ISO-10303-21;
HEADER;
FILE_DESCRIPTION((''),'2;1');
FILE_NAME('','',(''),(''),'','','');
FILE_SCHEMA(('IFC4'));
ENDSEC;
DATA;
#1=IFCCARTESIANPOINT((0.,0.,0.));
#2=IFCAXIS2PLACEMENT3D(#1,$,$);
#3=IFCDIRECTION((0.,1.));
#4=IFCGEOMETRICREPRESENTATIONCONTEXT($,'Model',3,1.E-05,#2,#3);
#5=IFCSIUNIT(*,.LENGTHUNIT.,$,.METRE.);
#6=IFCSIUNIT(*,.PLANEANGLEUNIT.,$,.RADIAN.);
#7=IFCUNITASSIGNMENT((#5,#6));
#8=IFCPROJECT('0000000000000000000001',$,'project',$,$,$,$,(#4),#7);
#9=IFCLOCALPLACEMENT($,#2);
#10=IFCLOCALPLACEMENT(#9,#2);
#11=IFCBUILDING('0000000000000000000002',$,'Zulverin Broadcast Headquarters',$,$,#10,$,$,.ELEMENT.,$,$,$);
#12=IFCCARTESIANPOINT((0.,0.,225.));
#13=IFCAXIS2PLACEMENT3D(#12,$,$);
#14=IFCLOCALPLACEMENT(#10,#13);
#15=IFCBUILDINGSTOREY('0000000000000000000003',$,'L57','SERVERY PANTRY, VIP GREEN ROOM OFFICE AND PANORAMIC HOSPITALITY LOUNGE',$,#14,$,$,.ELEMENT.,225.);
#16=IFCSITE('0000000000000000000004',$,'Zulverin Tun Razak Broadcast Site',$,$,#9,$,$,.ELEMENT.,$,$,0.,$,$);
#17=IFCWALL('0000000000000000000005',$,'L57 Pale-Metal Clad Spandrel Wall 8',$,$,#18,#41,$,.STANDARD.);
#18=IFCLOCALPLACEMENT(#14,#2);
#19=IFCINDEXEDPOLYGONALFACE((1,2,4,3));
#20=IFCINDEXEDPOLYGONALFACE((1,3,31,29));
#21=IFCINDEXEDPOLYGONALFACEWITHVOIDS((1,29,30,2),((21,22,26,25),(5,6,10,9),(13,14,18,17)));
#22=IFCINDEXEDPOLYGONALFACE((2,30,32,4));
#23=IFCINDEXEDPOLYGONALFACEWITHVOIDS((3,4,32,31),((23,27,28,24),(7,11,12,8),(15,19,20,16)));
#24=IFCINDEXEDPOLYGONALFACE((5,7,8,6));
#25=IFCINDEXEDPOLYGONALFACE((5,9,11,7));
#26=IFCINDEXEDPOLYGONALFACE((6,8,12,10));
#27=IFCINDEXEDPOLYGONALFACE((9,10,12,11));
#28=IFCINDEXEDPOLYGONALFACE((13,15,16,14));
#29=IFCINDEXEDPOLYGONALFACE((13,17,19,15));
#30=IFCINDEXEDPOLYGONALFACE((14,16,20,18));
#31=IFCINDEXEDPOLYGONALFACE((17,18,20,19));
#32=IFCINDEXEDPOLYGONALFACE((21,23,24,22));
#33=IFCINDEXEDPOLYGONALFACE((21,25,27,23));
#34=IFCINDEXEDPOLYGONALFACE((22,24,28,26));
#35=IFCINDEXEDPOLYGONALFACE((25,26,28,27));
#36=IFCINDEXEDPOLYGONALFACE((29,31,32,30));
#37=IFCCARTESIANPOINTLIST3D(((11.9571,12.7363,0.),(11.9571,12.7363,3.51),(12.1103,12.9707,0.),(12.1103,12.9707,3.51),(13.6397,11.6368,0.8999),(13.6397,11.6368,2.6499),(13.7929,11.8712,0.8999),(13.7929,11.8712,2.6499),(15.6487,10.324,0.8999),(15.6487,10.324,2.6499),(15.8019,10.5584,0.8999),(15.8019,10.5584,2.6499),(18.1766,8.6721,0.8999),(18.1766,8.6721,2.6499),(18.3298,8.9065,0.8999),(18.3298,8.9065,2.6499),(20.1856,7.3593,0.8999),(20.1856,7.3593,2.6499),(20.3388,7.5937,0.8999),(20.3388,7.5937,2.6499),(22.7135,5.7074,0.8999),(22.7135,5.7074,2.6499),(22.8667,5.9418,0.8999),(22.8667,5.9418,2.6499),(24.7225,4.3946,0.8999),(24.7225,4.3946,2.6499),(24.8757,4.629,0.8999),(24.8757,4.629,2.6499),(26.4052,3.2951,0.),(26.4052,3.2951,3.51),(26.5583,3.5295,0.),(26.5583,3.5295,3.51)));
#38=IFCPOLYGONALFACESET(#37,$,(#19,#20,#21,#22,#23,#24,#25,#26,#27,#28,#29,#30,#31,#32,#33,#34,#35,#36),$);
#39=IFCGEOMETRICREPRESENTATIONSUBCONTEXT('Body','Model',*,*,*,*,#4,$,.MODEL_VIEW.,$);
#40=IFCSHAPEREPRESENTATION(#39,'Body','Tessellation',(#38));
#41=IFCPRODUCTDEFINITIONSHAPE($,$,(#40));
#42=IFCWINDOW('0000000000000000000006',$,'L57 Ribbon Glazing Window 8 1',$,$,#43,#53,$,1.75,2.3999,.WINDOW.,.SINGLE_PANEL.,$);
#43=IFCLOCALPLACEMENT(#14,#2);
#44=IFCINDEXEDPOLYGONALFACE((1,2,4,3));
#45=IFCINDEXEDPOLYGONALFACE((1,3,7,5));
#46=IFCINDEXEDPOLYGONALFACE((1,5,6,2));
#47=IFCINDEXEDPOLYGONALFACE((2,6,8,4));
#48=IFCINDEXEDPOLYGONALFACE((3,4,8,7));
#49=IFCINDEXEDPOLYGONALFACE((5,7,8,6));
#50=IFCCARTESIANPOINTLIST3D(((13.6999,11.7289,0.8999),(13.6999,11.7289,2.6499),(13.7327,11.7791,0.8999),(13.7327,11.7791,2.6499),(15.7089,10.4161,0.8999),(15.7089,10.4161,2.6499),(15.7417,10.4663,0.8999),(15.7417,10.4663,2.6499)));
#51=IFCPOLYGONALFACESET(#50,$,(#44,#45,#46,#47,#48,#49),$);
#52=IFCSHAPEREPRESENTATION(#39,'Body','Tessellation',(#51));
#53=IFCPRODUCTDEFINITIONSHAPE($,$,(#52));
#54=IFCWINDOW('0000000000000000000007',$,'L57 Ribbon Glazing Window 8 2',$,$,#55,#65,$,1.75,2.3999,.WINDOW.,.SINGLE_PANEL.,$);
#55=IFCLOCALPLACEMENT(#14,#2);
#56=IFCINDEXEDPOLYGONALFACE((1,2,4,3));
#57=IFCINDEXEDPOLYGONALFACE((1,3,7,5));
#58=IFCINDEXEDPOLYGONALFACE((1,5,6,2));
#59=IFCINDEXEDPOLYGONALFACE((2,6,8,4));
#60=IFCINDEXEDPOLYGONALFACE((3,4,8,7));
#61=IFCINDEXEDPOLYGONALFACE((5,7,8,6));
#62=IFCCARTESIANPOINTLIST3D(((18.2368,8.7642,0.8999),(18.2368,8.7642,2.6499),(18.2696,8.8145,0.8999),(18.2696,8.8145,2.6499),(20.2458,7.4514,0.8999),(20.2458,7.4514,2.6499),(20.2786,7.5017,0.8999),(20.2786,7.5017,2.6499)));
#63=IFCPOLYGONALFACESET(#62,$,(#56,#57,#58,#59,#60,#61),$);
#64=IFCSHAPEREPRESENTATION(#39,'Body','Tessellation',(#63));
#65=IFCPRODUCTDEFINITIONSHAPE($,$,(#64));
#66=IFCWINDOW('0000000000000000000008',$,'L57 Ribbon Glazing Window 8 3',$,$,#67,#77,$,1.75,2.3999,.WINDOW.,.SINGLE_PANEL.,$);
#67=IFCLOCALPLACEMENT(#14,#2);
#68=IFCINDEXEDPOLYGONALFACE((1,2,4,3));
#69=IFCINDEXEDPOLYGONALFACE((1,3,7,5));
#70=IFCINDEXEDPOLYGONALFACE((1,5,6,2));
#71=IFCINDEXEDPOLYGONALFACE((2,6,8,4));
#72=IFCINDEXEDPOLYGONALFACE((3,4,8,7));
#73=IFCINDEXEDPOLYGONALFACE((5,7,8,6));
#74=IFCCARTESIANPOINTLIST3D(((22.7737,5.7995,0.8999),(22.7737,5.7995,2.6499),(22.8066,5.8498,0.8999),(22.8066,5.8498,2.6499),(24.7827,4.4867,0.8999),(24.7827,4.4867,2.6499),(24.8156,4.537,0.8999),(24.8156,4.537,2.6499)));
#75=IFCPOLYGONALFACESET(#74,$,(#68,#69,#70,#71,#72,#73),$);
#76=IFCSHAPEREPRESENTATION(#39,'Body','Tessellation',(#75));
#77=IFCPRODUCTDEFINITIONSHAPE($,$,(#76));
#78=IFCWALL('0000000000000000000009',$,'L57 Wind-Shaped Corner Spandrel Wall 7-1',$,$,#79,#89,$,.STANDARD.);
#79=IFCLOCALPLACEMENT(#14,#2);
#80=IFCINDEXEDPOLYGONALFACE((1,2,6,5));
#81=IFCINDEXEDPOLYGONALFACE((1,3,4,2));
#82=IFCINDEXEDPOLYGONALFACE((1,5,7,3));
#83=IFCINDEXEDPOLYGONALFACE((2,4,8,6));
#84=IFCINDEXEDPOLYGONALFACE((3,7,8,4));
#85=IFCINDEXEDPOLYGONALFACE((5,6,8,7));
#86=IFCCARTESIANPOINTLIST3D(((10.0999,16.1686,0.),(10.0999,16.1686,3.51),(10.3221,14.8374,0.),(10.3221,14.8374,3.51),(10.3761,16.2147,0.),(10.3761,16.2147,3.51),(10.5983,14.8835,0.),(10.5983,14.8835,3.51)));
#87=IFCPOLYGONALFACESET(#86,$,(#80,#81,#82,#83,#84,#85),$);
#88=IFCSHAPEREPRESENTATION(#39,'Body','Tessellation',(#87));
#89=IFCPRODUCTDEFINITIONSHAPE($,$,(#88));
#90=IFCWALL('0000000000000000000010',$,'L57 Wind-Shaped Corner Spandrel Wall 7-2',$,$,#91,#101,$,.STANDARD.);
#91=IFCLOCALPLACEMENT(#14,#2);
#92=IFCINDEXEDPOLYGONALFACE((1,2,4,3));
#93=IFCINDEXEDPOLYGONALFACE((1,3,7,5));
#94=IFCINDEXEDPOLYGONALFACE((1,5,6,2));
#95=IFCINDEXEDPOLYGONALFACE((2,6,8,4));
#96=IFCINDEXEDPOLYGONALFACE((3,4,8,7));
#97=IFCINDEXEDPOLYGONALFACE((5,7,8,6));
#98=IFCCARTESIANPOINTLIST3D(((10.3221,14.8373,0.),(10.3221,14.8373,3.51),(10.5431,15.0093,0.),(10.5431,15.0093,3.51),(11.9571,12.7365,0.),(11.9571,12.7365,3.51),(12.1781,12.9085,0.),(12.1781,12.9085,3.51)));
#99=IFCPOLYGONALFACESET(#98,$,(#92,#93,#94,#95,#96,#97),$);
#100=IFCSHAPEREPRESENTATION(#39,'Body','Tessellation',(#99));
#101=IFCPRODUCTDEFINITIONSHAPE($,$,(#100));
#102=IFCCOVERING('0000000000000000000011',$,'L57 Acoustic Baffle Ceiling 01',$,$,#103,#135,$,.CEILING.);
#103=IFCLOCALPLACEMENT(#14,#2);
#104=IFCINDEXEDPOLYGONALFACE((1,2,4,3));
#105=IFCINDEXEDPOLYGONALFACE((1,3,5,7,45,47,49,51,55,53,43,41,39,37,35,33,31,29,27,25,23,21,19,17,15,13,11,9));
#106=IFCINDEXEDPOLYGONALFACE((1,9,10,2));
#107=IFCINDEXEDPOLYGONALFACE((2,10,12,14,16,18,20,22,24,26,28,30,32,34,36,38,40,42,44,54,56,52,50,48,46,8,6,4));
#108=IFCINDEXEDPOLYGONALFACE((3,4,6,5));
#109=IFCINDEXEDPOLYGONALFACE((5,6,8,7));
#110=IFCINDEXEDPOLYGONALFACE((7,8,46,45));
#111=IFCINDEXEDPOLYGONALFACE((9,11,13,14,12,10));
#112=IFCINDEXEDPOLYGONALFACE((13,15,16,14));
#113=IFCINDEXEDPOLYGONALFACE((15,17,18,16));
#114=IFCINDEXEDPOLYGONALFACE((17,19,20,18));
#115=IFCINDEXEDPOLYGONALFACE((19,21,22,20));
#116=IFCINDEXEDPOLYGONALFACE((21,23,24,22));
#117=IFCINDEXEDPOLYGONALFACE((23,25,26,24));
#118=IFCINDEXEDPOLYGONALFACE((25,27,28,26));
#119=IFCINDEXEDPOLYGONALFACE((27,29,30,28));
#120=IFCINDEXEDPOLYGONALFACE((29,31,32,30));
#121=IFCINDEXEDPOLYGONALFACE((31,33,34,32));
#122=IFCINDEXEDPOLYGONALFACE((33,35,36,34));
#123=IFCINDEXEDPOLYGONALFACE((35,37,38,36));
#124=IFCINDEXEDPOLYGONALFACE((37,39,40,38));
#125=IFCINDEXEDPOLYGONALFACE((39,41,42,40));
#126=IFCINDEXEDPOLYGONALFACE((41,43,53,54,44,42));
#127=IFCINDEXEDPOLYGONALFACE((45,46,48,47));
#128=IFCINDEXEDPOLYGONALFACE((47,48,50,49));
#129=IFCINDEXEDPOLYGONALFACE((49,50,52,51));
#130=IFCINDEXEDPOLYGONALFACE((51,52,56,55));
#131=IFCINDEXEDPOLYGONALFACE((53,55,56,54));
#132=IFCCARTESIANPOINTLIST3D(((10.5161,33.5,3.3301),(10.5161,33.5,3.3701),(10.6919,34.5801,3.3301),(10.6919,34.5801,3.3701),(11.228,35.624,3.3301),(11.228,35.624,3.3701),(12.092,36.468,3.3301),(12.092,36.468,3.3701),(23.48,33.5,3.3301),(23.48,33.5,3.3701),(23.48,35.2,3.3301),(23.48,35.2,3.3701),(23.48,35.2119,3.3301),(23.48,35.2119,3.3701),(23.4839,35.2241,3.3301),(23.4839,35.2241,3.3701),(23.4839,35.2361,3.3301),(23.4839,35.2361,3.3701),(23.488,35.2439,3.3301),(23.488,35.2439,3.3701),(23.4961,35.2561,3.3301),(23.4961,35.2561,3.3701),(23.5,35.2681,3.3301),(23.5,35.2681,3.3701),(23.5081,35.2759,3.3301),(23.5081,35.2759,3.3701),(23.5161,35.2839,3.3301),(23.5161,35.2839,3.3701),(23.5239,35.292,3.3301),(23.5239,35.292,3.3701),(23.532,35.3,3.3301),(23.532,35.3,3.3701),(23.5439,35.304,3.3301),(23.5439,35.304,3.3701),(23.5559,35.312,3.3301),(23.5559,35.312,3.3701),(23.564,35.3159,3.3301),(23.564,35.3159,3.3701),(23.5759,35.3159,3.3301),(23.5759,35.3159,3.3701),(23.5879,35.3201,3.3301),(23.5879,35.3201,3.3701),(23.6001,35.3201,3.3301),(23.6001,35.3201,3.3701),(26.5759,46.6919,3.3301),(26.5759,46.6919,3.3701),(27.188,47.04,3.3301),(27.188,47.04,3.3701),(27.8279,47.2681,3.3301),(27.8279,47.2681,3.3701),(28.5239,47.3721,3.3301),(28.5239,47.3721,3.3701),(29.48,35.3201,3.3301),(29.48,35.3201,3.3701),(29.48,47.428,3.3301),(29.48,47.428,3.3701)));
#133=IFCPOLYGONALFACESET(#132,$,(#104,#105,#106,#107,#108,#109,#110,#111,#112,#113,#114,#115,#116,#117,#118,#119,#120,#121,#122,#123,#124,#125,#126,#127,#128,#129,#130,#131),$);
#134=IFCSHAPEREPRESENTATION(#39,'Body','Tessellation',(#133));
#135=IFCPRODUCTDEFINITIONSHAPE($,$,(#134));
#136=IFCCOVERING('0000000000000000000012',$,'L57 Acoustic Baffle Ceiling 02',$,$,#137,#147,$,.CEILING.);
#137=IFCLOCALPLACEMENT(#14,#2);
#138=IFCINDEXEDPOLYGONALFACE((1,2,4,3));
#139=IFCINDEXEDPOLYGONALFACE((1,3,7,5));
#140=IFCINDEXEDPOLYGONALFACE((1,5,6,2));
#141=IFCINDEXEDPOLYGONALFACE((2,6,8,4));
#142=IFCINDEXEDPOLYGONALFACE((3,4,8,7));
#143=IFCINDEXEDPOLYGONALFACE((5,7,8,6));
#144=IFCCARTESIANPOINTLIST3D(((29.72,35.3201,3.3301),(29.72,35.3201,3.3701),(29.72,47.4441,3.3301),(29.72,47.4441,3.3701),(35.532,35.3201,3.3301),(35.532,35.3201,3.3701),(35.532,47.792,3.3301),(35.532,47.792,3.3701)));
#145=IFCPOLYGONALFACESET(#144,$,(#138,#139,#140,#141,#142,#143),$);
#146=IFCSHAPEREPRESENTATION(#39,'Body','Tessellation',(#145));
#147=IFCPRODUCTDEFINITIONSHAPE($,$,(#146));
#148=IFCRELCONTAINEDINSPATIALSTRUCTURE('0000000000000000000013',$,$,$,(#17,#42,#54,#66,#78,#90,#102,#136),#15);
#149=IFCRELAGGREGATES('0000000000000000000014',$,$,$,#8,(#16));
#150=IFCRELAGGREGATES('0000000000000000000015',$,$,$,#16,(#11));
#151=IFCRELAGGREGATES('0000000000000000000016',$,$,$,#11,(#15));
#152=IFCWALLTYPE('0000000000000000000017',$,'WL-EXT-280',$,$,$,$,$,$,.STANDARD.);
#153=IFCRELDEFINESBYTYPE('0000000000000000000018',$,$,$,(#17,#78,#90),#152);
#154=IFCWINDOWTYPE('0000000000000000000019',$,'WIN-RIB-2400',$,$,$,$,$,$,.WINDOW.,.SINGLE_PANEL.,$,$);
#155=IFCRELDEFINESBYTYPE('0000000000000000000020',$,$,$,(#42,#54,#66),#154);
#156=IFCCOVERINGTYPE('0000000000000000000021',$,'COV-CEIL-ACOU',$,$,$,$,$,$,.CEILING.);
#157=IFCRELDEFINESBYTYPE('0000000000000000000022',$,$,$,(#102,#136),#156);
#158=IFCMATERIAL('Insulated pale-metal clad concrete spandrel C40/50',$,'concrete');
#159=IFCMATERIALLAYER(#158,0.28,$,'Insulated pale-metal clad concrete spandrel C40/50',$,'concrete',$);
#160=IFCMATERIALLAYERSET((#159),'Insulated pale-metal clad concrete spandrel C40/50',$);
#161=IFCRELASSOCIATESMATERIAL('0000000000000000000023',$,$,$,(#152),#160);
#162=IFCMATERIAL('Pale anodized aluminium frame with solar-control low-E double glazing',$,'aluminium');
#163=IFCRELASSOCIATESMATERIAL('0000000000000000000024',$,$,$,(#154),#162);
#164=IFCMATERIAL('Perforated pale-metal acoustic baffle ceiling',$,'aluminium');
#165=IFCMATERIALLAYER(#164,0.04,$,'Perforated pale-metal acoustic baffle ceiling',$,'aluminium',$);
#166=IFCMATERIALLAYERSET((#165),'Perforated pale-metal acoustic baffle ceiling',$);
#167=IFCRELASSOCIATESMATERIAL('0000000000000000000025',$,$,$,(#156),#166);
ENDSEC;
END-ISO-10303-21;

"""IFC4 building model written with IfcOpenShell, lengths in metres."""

from ifc_helpers import new_model, si_unit, direction, frame, frame_2d, origin, place, context, subcontext, project, spatial, polyline, rectangle, outline, extrude, material, layer, layer_set, type_object, element, fill, save


model = new_model("IFC4")

# Units and contexts
model_context = context("Model", 3, precision=1e-05, world=origin(), true_north=direction((0.0, 1.0)))
body_context = subcontext(model_context, "Body", "Model", "MODEL_VIEW")
ifc_project = project(units=[si_unit("LENGTHUNIT", "METRE"), si_unit("PLANEANGLEUNIT", "RADIAN")], contexts=[model_context])

# Site, building, storey
site_placement = place(None, origin())
site = spatial("IfcSite", under=ifc_project, at=site_placement, Name="Zulverin Tun Razak Broadcast Site", CompositionType="ELEMENT", RefElevation=0.0)
building_placement = place(site_placement, origin())
building = spatial("IfcBuilding", under=site, at=building_placement, Name="Zulverin Broadcast Headquarters", CompositionType="ELEMENT")
storey_placement = place(building_placement, frame((0.0, 0.0, 225.0)))
storey = spatial("IfcBuildingStorey", under=building, at=storey_placement, Name="L57", Description="SERVERY PANTRY, VIP GREEN ROOM OFFICE AND PANORAMIC HOSPITALITY LOUNGE", CompositionType="ELEMENT", Elevation=225.0)

# Wall, openings, windows
ifc_material_1 = material(Name="Insulated pale-metal clad concrete spandrel C40/50", Category="concrete")
ifc_layer_1 = layer(ifc_material_1, 0.28, Name="Insulated pale-metal clad concrete spandrel C40/50", Category="concrete")
ifc_layer_set_1 = layer_set([ifc_layer_1], Name="Insulated pale-metal clad concrete spandrel C40/50")
wall_type_1 = type_object("IfcWallType", Name="WL-EXT-280", PredefinedType="STANDARD", material=ifc_layer_set_1)
wall_1_placement = place(storey_placement, frame((12.0337, 12.8535, 0.0), z_axis=(0.0, 0.0, 1.0), x_axis=(0.837118, -0.547022, 0.0)))
wall_1 = element("IfcWall", 1, at=wall_1_placement, inside=storey, type_object=wall_type_1, Name="L57 Pale-Metal Clad Spandrel Wall 8", PredefinedType="STANDARD", context=body_context, shape_type="SweptSolid", body=[
    extrude(rectangle(XDim=17.2593, YDim=0.28, at=frame_2d((8.6296, 0.0))), origin(), (0.0, 0.0, 1.0), 3.51),
])
opening_1_placement = place(wall_1_placement, frame((2.01, 0.0, 0.8999)))
opening_1 = element("IfcOpeningElement", 2, at=opening_1_placement, cuts=wall_1, PredefinedType="OPENING", context=body_context, shape_type="SweptSolid", body=[
    extrude(rectangle(XDim=2.3999, YDim=1.75, at=frame_2d((1.2, 0.875))), frame((0.0, 0.1499, 0.0), z_axis=(0.0, -1.0, 0.0), x_axis=(1.0, 0.0, 0.0)), (0.0, 0.0, 1.0), 0.3),
])
opening_2_placement = place(wall_1_placement, frame((7.4297, 0.0, 0.8999)))
opening_2 = element("IfcOpeningElement", 3, at=opening_2_placement, cuts=wall_1, PredefinedType="OPENING", context=body_context, shape_type="SweptSolid", body=[
    extrude(rectangle(XDim=2.3999, YDim=1.75, at=frame_2d((1.2, 0.875))), frame((0.0, 0.1499, 0.0), z_axis=(0.0, -1.0, 0.0), x_axis=(1.0, 0.0, 0.0)), (0.0, 0.0, 1.0), 0.3),
])
opening_3_placement = place(wall_1_placement, frame((12.8494, 0.0, 0.8999)))
opening_3 = element("IfcOpeningElement", 4, at=opening_3_placement, cuts=wall_1, PredefinedType="OPENING", context=body_context, shape_type="SweptSolid", body=[
    extrude(rectangle(XDim=2.3999, YDim=1.75, at=frame_2d((1.2, 0.875))), frame((0.0, 0.1499, 0.0), z_axis=(0.0, -1.0, 0.0), x_axis=(1.0, 0.0, 0.0)), (0.0, 0.0, 1.0), 0.3),
])
ifc_material_2 = material(Name="Pale anodized aluminium frame with solar-control low-E double glazing", Category="aluminium")
window_type = type_object("IfcWindowType", Name="WIN-RIB-2400", PartitioningType="SINGLE_PANEL", PredefinedType="WINDOW", material=ifc_material_2)
window_1_placement = place(opening_1_placement, origin())
window_1 = element("IfcWindow", 5, at=window_1_placement, inside=storey, type_object=window_type, Name="L57 Ribbon Glazing Window 8 1", OverallHeight=1.75, OverallWidth=2.3999, PartitioningType="SINGLE_PANEL", PredefinedType="WINDOW", context=body_context, shape_type="SweptSolid", body=[
    extrude(rectangle(XDim=2.3999, YDim=1.75, at=frame_2d((1.2, 0.875))), frame((0.0, 0.03, 0.0), z_axis=(0.0, -1.0, 0.0), x_axis=(1.0, 0.0, 0.0)), (0.0, 0.0, 1.0), 0.0601),
])
fill(opening_1, window_1)
window_2_placement = place(opening_2_placement, origin())
window_2 = element("IfcWindow", 6, at=window_2_placement, inside=storey, type_object=window_type, Name="L57 Ribbon Glazing Window 8 2", OverallHeight=1.75, OverallWidth=2.3999, PartitioningType="SINGLE_PANEL", PredefinedType="WINDOW", context=body_context, shape_type="SweptSolid", body=[
    extrude(rectangle(XDim=2.3999, YDim=1.75, at=frame_2d((1.2, 0.875))), frame((0.0, 0.03, 0.0), z_axis=(0.0, -1.0, 0.0), x_axis=(1.0, 0.0, 0.0)), (0.0, 0.0, 1.0), 0.0601),
])
fill(opening_2, window_2)
window_3_placement = place(opening_3_placement, origin())
window_3 = element("IfcWindow", 7, at=window_3_placement, inside=storey, type_object=window_type, Name="L57 Ribbon Glazing Window 8 3", OverallHeight=1.75, OverallWidth=2.3999, PartitioningType="SINGLE_PANEL", PredefinedType="WINDOW", context=body_context, shape_type="SweptSolid", body=[
    extrude(rectangle(XDim=2.3999, YDim=1.75, at=frame_2d((1.2, 0.875))), frame((0.0, 0.03, 0.0), z_axis=(0.0, -1.0, 0.0), x_axis=(1.0, 0.0, 0.0)), (0.0, 0.0, 1.0), 0.0601),
])
fill(opening_3, window_3)

# Walls
wall_2_placement = place(storey_placement, frame((10.238, 16.1917, 0.0), z_axis=(0.0, 0.0, 1.0), x_axis=(0.164604, -0.98636, 0.0)))
element("IfcWall", 8, at=wall_2_placement, inside=storey, type_object=wall_type_1, Name="L57 Wind-Shaped Corner Spandrel Wall 7-1", PredefinedType="STANDARD", context=body_context, shape_type="SweptSolid", body=[
    extrude(rectangle(XDim=1.3496, YDim=0.28, at=frame_2d((0.6748, 0.0))), origin(), (0.0, 0.0, 1.0), 3.51),
])
wall_3_placement = place(storey_placement, frame((10.4326, 14.9233, 0.0), z_axis=(0.0, 0.0, 1.0), x_axis=(0.614182, -0.789165, 0.0)))
element("IfcWall", 9, at=wall_3_placement, inside=storey, type_object=wall_type_1, Name="L57 Wind-Shaped Corner Spandrel Wall 7-2", PredefinedType="STANDARD", context=body_context, shape_type="SweptSolid", body=[
    extrude(rectangle(XDim=2.6621, YDim=0.28, at=frame_2d((1.3311, 0.0))), origin(), (0.0, 0.0, 1.0), 3.51),
])

# Coverings
ifc_material_3 = material(Name="Perforated pale-metal acoustic baffle ceiling", Category="aluminium")
ifc_layer_2 = layer(ifc_material_3, 0.04, Name="Perforated pale-metal acoustic baffle ceiling", Category="aluminium")
ifc_layer_set_2 = layer_set([ifc_layer_2], Name="Perforated pale-metal acoustic baffle ceiling")
covering_type_1 = type_object("IfcCoveringType", Name="COV-CEIL-ACOU", PredefinedType="CEILING", material=ifc_layer_set_2)
covering_1_placement = place(storey_placement, frame((0.0, 0.0, 3.3301)))
element("IfcCovering", 10, at=covering_1_placement, inside=storey, type_object=covering_type_1, Name="L57 Acoustic Baffle Ceiling 01", PredefinedType="CEILING", context=body_context, shape_type="SweptSolid", body=[
    extrude(outline(polyline([(12.092, 36.468), (11.228, 35.624), (10.6919, 34.5801), (10.5161, 33.5), (23.48, 33.5), (23.48, 35.2), (23.48, 35.2119), (23.4839, 35.2241), (23.4839, 35.2361), (23.488, 35.2439), (23.4961, 35.2561), (23.5, 35.2681), (23.5081, 35.2759), (23.5161, 35.2839), (23.5239, 35.292), (23.532, 35.3), (23.5439, 35.304), (23.5559, 35.312), (23.564, 35.3159), (23.5759, 35.3159), (23.5879, 35.3201), (23.6001, 35.3201), (29.48, 35.3201), (29.48, 47.428), (28.5239, 47.3721), (27.8279, 47.2681), (27.188, 47.04), (26.5759, 46.6919), (12.092, 36.468)])), origin(), (0.0, 0.0, 1.0), 0.04),
])
covering_2_placement = place(storey_placement, frame((0.0, 0.0, 3.3301)))
element("IfcCovering", 11, at=covering_2_placement, inside=storey, type_object=covering_type_1, Name="L57 Acoustic Baffle Ceiling 02", PredefinedType="CEILING", context=body_context, shape_type="SweptSolid", body=[
    extrude(outline(polyline([(35.532, 35.3201), (35.532, 47.792), (29.72, 47.4441), (29.72, 35.3201), (35.532, 35.3201)])), origin(), (0.0, 0.0, 1.0), 0.04),
])

save(model, "model.ifc")
